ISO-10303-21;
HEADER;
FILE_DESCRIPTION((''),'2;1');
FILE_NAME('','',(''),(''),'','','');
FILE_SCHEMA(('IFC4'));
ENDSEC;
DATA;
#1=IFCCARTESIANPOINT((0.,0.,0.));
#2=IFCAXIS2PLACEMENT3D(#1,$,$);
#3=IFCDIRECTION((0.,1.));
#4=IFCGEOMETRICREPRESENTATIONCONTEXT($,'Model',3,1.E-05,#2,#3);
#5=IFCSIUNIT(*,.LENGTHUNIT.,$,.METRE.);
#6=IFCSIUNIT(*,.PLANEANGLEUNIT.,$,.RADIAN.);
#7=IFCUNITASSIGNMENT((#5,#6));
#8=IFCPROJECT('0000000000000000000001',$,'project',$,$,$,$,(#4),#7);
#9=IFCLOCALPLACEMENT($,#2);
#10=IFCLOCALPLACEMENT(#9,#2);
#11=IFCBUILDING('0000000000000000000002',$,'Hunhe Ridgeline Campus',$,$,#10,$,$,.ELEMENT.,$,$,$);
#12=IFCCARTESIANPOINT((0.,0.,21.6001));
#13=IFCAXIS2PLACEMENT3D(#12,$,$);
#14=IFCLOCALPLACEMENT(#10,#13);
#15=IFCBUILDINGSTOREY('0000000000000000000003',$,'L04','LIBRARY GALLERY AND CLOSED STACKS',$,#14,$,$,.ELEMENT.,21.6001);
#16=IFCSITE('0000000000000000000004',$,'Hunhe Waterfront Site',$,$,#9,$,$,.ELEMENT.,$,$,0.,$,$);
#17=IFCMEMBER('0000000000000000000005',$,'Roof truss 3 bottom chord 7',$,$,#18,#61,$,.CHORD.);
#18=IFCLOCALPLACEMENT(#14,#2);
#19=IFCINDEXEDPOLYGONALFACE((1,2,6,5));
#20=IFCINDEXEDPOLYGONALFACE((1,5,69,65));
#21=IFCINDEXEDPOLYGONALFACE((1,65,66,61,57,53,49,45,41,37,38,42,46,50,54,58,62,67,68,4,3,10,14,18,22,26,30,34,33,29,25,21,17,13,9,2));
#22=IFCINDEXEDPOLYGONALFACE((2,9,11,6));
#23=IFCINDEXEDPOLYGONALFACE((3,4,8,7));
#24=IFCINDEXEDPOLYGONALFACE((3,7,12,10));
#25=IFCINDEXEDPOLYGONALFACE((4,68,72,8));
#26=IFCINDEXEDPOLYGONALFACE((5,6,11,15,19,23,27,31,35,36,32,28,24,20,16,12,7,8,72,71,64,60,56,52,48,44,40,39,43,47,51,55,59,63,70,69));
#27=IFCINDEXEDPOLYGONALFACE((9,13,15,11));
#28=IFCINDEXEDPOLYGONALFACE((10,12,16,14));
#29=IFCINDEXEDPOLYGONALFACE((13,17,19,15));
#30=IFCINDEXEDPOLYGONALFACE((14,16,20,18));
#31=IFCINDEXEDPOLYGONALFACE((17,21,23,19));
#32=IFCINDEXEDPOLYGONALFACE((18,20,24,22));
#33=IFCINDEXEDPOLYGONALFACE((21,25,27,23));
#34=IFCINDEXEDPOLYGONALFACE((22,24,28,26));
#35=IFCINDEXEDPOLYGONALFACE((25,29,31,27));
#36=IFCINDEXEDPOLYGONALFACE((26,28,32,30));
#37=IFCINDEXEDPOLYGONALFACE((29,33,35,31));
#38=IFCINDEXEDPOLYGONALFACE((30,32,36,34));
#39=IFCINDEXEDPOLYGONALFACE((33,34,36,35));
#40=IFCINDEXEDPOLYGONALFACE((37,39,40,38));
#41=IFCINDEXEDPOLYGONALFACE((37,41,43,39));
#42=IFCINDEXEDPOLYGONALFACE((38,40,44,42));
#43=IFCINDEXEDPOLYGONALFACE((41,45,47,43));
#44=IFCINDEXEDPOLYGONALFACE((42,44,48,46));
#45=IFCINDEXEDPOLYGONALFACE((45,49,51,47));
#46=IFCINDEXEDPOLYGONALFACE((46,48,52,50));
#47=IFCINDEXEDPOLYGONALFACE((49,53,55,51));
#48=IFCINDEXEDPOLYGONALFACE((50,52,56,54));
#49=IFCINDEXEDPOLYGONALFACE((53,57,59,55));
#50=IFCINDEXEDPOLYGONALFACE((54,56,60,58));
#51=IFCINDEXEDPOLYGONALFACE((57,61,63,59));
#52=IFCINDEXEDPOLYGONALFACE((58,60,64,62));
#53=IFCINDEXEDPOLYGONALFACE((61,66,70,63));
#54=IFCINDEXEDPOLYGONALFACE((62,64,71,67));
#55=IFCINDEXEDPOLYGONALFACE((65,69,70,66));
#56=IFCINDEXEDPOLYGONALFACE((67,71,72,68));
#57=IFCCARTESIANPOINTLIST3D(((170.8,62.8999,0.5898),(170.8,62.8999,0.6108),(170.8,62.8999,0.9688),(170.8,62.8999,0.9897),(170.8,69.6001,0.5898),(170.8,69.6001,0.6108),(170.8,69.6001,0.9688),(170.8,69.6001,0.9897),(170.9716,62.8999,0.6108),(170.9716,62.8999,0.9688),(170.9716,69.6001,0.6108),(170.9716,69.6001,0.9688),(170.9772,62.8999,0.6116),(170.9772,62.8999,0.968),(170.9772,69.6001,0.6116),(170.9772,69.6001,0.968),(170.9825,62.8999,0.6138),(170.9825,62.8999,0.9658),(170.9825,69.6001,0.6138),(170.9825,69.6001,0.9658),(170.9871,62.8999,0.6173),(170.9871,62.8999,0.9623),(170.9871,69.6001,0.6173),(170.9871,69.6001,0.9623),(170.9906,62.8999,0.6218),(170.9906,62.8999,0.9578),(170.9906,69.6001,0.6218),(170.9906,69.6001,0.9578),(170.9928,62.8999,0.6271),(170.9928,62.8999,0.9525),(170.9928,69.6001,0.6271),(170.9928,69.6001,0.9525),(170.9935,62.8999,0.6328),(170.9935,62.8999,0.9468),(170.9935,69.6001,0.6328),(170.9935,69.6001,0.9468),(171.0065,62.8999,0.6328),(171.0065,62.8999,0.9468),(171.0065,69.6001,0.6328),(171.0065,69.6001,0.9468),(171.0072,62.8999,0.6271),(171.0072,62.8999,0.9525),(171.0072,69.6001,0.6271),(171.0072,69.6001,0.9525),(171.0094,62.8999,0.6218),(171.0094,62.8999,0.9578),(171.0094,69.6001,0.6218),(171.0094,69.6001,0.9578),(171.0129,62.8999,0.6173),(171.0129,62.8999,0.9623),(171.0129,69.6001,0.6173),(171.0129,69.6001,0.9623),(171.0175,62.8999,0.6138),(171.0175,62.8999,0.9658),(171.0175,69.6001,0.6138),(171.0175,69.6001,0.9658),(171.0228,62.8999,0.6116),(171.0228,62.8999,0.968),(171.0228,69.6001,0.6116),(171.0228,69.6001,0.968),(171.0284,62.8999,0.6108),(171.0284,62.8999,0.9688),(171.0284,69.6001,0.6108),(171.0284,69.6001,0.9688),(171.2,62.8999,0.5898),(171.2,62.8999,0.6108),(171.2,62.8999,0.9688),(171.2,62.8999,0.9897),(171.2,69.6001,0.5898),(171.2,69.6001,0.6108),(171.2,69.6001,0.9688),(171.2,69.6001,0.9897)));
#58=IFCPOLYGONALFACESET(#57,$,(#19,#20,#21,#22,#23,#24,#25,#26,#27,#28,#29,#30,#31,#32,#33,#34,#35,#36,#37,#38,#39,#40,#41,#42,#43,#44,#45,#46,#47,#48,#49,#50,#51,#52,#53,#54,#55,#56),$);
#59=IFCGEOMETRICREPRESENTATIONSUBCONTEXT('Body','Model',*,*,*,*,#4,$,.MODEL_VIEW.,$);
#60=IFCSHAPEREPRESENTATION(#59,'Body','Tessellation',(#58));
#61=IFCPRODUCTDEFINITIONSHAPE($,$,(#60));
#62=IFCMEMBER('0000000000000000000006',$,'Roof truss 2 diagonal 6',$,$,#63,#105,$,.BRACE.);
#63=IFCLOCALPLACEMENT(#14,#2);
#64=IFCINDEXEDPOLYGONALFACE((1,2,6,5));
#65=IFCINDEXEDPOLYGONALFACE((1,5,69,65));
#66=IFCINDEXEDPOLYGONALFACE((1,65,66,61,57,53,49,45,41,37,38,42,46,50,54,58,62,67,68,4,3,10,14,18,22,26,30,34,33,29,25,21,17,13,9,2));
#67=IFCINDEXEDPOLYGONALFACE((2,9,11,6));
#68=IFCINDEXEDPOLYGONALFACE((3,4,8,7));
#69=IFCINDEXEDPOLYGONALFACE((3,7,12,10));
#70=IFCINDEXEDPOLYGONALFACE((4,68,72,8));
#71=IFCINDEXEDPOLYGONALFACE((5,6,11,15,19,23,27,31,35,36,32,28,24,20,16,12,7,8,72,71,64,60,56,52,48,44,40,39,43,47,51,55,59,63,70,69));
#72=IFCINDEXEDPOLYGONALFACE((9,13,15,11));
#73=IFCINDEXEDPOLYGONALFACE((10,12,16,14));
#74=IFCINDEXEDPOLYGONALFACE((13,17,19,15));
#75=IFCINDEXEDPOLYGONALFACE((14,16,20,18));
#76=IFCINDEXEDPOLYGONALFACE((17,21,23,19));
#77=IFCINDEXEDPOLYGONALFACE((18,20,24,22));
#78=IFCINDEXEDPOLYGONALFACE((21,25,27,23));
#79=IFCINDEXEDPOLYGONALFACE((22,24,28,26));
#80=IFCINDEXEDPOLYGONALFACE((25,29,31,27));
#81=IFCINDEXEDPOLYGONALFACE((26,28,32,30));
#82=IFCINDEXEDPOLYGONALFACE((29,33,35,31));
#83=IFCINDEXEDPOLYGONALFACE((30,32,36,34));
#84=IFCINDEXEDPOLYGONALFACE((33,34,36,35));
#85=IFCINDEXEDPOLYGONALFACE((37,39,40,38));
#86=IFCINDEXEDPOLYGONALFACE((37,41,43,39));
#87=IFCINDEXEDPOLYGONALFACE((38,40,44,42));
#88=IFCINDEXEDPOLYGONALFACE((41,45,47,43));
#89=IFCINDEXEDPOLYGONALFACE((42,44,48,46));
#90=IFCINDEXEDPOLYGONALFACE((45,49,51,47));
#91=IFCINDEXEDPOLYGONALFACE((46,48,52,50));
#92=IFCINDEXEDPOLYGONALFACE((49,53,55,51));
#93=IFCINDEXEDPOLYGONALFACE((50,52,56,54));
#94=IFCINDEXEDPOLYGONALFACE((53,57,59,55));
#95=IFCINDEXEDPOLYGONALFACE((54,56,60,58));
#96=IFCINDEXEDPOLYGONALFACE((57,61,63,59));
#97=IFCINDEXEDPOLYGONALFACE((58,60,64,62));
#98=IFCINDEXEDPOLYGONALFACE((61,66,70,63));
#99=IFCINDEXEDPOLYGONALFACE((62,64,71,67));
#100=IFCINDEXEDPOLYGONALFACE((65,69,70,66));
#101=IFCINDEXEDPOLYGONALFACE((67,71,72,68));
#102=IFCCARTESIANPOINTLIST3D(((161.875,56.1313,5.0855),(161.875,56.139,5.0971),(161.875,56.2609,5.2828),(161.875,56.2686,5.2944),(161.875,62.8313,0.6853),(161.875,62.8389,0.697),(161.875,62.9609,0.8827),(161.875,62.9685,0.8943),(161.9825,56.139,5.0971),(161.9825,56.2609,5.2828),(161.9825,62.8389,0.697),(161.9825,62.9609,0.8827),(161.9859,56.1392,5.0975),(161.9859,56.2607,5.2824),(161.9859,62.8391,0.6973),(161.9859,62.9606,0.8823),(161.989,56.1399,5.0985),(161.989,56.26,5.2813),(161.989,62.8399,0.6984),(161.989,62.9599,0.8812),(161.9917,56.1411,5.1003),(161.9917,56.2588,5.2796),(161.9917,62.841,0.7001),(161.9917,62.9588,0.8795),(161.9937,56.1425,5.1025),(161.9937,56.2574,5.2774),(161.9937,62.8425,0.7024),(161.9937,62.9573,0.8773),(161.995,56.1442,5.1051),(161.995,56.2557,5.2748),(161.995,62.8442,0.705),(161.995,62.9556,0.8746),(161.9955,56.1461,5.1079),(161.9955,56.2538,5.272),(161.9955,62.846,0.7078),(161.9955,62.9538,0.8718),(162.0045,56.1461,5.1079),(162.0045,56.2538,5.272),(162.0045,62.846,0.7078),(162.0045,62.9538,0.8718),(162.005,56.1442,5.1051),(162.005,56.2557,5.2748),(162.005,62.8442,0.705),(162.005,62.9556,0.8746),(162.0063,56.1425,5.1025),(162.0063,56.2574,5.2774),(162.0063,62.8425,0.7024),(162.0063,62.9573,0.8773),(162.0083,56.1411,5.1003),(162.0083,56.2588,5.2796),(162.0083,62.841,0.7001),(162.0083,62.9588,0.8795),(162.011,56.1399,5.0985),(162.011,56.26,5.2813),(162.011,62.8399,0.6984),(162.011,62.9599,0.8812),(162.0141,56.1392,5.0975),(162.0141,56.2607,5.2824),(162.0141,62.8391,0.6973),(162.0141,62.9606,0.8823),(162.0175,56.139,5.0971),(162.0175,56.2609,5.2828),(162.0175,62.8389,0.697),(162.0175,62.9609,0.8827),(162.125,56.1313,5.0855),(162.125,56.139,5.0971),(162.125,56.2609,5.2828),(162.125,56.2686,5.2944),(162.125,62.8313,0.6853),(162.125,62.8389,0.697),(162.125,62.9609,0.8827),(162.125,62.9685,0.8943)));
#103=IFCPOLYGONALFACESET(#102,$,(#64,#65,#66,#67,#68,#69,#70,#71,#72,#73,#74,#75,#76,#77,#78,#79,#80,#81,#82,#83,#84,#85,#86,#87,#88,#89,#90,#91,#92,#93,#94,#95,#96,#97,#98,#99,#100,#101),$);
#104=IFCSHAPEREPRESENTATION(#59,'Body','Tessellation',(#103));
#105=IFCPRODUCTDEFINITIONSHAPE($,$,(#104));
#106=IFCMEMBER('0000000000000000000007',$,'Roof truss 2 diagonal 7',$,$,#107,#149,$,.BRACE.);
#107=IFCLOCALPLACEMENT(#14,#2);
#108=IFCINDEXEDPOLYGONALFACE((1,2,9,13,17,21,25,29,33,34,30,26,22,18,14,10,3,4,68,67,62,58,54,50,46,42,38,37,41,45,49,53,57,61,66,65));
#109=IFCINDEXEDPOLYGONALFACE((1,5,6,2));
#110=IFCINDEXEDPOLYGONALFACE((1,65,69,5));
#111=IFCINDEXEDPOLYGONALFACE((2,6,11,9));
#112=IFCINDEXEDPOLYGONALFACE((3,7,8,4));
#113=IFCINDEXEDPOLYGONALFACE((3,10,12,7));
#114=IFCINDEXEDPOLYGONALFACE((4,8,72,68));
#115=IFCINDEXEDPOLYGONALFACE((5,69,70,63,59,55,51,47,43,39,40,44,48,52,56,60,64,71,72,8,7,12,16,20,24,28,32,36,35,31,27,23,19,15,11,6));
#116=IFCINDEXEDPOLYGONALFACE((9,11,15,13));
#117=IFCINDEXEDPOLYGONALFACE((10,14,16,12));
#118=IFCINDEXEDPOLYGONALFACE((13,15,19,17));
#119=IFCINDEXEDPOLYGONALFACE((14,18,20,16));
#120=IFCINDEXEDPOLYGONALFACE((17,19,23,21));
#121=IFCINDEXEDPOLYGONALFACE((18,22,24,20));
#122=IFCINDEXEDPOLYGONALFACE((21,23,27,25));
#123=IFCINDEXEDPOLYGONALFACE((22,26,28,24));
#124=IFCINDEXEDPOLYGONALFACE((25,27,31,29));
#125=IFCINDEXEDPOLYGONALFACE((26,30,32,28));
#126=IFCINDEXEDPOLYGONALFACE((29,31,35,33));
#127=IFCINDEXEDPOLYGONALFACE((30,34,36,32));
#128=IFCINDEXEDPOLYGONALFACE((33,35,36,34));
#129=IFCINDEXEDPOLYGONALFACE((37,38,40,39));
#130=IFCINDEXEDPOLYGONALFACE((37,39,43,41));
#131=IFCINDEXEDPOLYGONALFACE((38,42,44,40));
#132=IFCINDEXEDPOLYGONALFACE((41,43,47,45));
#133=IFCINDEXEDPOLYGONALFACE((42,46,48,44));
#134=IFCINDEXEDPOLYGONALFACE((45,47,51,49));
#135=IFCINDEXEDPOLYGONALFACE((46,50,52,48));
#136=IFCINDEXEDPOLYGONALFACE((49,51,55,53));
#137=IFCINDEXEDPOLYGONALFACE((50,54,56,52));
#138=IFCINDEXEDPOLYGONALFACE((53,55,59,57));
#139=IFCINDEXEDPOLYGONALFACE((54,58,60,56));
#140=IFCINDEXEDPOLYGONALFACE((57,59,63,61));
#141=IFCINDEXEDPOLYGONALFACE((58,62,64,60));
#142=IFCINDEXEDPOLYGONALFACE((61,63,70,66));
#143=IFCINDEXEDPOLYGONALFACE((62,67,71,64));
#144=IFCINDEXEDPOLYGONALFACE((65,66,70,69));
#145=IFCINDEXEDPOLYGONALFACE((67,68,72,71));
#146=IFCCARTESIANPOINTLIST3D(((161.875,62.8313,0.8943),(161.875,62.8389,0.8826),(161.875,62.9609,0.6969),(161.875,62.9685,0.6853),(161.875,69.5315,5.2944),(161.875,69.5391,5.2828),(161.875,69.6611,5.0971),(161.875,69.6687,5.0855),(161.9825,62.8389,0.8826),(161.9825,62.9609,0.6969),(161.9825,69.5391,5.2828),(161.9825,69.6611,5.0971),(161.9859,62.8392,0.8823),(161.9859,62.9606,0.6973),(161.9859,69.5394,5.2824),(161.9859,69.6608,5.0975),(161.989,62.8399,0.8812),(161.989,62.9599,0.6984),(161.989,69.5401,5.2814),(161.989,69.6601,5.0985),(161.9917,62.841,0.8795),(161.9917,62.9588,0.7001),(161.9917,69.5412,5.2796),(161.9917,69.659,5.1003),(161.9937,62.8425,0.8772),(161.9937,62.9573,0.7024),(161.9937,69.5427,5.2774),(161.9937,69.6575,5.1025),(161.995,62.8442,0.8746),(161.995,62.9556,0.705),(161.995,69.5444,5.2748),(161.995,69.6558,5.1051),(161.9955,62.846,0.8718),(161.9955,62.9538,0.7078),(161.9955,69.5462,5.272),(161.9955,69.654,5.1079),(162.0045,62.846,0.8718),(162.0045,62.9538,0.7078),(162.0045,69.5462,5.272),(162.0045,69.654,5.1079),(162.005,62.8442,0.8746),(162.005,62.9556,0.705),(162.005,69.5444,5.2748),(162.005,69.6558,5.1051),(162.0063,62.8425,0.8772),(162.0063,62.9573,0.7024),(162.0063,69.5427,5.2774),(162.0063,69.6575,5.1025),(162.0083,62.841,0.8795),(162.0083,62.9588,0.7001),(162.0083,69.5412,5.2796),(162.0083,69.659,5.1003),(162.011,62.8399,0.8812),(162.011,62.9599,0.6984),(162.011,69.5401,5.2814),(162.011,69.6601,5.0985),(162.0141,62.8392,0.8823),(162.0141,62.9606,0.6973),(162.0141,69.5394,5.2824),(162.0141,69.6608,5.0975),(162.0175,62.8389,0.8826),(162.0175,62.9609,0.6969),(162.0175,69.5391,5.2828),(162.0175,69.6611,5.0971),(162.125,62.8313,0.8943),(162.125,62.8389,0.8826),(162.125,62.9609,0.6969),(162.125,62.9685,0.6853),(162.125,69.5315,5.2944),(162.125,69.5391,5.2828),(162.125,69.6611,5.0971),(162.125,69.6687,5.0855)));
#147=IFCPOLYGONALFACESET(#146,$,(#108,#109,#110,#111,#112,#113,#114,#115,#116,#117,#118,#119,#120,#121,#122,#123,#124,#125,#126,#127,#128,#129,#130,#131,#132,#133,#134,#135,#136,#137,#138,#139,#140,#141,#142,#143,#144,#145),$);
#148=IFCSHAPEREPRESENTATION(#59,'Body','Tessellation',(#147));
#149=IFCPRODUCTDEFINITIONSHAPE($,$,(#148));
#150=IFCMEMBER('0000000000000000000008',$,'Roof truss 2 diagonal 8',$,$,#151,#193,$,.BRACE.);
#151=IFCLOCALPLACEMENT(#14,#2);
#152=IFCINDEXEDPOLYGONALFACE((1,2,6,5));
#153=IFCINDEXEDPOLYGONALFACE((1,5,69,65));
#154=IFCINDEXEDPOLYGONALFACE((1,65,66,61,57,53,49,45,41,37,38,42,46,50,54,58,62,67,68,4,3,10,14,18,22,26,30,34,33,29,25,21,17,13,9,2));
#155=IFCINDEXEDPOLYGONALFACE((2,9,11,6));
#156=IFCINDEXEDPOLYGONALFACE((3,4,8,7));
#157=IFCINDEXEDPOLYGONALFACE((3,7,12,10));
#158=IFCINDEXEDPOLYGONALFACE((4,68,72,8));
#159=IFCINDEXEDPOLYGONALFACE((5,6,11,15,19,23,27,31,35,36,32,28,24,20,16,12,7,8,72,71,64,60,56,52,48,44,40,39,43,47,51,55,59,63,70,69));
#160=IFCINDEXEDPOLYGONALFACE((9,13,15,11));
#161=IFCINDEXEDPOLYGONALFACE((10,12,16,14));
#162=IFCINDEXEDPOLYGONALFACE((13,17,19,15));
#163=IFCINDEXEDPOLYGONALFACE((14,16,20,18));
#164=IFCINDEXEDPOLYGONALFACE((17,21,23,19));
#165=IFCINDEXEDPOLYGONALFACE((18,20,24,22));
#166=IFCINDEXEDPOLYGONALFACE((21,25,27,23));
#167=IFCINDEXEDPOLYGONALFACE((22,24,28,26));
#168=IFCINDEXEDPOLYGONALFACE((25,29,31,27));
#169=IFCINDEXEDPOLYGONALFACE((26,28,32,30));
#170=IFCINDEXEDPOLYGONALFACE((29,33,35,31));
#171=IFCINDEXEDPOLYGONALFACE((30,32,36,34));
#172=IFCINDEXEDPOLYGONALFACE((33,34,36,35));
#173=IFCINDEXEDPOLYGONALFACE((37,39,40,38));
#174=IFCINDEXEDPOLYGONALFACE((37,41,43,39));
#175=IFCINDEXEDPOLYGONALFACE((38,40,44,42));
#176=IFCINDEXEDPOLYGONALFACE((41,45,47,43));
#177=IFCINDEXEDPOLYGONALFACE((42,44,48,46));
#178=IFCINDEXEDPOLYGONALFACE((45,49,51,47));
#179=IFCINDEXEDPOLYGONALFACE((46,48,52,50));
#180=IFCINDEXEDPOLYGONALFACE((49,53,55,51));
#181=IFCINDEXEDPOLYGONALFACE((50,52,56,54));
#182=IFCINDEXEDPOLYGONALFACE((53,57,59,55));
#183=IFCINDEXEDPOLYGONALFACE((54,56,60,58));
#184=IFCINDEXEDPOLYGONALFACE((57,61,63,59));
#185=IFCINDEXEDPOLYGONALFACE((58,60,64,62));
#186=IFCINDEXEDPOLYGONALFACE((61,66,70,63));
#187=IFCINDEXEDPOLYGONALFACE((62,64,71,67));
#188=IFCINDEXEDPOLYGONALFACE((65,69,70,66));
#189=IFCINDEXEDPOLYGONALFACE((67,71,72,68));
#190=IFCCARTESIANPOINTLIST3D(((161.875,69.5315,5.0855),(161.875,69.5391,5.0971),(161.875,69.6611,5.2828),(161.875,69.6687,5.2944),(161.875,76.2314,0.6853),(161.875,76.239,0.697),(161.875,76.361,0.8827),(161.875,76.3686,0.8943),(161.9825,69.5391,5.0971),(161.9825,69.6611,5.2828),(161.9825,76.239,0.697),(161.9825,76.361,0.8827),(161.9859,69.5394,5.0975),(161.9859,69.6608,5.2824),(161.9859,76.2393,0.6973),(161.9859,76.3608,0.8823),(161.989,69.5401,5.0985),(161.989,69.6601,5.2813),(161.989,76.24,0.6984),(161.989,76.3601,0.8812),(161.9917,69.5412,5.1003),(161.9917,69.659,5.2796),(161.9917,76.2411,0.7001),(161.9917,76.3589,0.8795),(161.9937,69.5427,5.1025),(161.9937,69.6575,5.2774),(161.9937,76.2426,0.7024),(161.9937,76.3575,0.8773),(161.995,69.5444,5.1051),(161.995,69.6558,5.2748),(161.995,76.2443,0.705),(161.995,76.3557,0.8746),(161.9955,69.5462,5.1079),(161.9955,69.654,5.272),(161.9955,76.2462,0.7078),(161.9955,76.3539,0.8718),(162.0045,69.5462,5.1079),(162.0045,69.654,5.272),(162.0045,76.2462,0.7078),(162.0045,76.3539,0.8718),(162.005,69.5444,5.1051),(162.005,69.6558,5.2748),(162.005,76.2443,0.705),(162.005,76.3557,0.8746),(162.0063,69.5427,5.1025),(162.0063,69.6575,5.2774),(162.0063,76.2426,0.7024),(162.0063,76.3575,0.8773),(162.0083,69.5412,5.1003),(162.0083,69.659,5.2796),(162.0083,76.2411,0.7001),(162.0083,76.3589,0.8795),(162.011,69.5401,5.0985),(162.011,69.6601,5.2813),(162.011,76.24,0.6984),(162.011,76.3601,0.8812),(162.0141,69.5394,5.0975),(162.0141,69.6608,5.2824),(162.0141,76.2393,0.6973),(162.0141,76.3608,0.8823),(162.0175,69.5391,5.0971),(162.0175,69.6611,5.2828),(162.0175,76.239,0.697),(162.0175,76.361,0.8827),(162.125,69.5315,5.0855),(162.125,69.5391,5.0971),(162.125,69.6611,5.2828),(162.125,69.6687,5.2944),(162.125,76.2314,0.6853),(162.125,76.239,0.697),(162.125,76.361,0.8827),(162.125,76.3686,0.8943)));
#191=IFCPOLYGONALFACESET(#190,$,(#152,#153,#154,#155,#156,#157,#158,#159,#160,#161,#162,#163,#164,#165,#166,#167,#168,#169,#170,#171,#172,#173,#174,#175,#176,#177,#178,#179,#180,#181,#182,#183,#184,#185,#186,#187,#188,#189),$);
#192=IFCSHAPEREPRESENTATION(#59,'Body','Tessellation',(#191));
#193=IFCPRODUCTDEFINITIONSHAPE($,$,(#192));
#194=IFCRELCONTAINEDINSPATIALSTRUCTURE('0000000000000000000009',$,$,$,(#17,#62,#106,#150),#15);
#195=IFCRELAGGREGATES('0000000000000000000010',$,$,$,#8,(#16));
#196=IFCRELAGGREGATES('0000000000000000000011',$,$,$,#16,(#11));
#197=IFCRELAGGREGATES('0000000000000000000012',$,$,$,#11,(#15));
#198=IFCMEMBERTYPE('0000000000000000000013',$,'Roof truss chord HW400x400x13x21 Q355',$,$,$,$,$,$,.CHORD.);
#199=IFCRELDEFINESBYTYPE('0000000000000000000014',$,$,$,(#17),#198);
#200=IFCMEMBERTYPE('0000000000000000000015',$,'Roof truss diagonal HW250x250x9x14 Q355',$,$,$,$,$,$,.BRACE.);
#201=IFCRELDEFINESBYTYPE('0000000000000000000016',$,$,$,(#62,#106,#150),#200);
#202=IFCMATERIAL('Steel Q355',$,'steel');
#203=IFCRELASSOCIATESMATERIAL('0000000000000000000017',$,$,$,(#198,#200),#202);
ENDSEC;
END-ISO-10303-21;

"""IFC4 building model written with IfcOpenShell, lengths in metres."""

from ifc_helpers import new_model, si_unit, direction, frame, origin, origin_2d, place, context, subcontext, project, spatial, i_section, extrude, material, material_profile, profile_set, type_object, element, save


model = new_model("IFC4")

# Units and contexts
model_context = context("Model", 3, precision=1e-05, world=origin(), true_north=direction((0.0, 1.0)))
body_context = subcontext(model_context, "Body", "Model", "MODEL_VIEW")
ifc_project = project(units=[si_unit("LENGTHUNIT", "METRE"), si_unit("PLANEANGLEUNIT", "RADIAN")], contexts=[model_context])

# Site, building, storey
site_placement = place(None, origin())
site = spatial("IfcSite", under=ifc_project, at=site_placement, Name="Hunhe Waterfront Site", CompositionType="ELEMENT", RefElevation=0.0)
building_placement = place(site_placement, origin())
building = spatial("IfcBuilding", under=site, at=building_placement, Name="Hunhe Ridgeline Campus", CompositionType="ELEMENT")
storey_placement = place(building_placement, frame((0.0, 0.0, 21.6001)))
storey = spatial("IfcBuildingStorey", under=building, at=storey_placement, Name="L04", Description="LIBRARY GALLERY AND CLOSED STACKS", CompositionType="ELEMENT", Elevation=21.6001)

# Members
ifc_material_1 = material(Name="Steel Q355", Category="steel")
ifc_material_profile_1 = material_profile(ifc_material_1, i_section(OverallWidth=0.3999, OverallDepth=0.3999, WebThickness=0.0129, FlangeThickness=0.021, FilletRadius=0.022, at=origin_2d()))
ifc_profile_set_1 = profile_set([ifc_material_profile_1], Name="Steel Q355")
member_type_1 = type_object("IfcMemberType", Name="Roof truss chord HW400x400x13x21 Q355", PredefinedType="CHORD", material=ifc_profile_set_1)
member_1_placement = place(storey_placement, frame((171.0, 62.8999, 0.7898), z_axis=(0.0, 1.0, 0.0), x_axis=(-1.0, 0.0, 0.0)))
element("IfcMember", 1, at=member_1_placement, inside=storey, type_object=member_type_1, Name="Roof truss 3 bottom chord 7", PredefinedType="CHORD", context=body_context, shape_type="SweptSolid", body=[
    extrude(i_section(OverallWidth=0.3999, OverallDepth=0.3999, WebThickness=0.0129, FlangeThickness=0.021, FilletRadius=0.022, at=origin_2d()), origin(), (0.0, 0.0, 1.0), 6.7002),
])
ifc_material_profile_2 = material_profile(ifc_material_1, i_section(OverallWidth=0.25, OverallDepth=0.25, WebThickness=0.009, FlangeThickness=0.0139, FilletRadius=0.0129, at=origin_2d()))
ifc_profile_set_2 = profile_set([ifc_material_profile_2], Name="Steel Q355")
member_type_2 = type_object("IfcMemberType", Name="Roof truss diagonal HW250x250x9x14 Q355", PredefinedType="BRACE", material=ifc_profile_set_2)
member_2_placement = place(storey_placement, frame((162.0, 56.2, 5.1899), z_axis=(0.0, 0.835859, -0.548944), x_axis=(-1.0, 0.0, 0.0)))
element("IfcMember", 2, at=member_2_placement, inside=storey, type_object=member_type_2, Name="Roof truss 2 diagonal 6", PredefinedType="BRACE", context=body_context, shape_type="SweptSolid", body=[
    extrude(i_section(OverallWidth=0.25, OverallDepth=0.25, WebThickness=0.009, FlangeThickness=0.0139, FilletRadius=0.0129, at=origin_2d()), origin(), (0.0, 0.0, 1.0), 8.0156),
])
member_3_placement = place(storey_placement, frame((162.0, 62.8999, 0.7898), z_axis=(0.0, 0.835868, 0.548931), x_axis=(-1.0, 0.0, 0.0)))
element("IfcMember", 3, at=member_3_placement, inside=storey, type_object=member_type_2, Name="Roof truss 2 diagonal 7", PredefinedType="BRACE", context=body_context, shape_type="SweptSolid", body=[
    extrude(i_section(OverallWidth=0.25, OverallDepth=0.25, WebThickness=0.009, FlangeThickness=0.0139, FilletRadius=0.0129, at=origin_2d()), origin(), (0.0, 0.0, 1.0), 8.0159),
])
for number, where, z_axis, x_axis, name in (
    (4, (162.0, 69.6001, 5.1899), (0.0, 0.835859, -0.548944), (-1.0, 0.0, 0.0), "Roof truss 2 diagonal 8"),
):
    element("IfcMember", number, at=place(storey_placement, frame(where, z_axis=z_axis, x_axis=x_axis)), inside=storey, type_object=member_type_2, Name=name, PredefinedType="BRACE", context=body_context, shape_type="SweptSolid", body=[
        extrude(i_section(OverallWidth=0.25, OverallDepth=0.25, WebThickness=0.009, FlangeThickness=0.0139, FilletRadius=0.0129, at=origin_2d()), origin(), (0.0, 0.0, 1.0), 8.0156),
    ])

save(model, "model.ifc")
